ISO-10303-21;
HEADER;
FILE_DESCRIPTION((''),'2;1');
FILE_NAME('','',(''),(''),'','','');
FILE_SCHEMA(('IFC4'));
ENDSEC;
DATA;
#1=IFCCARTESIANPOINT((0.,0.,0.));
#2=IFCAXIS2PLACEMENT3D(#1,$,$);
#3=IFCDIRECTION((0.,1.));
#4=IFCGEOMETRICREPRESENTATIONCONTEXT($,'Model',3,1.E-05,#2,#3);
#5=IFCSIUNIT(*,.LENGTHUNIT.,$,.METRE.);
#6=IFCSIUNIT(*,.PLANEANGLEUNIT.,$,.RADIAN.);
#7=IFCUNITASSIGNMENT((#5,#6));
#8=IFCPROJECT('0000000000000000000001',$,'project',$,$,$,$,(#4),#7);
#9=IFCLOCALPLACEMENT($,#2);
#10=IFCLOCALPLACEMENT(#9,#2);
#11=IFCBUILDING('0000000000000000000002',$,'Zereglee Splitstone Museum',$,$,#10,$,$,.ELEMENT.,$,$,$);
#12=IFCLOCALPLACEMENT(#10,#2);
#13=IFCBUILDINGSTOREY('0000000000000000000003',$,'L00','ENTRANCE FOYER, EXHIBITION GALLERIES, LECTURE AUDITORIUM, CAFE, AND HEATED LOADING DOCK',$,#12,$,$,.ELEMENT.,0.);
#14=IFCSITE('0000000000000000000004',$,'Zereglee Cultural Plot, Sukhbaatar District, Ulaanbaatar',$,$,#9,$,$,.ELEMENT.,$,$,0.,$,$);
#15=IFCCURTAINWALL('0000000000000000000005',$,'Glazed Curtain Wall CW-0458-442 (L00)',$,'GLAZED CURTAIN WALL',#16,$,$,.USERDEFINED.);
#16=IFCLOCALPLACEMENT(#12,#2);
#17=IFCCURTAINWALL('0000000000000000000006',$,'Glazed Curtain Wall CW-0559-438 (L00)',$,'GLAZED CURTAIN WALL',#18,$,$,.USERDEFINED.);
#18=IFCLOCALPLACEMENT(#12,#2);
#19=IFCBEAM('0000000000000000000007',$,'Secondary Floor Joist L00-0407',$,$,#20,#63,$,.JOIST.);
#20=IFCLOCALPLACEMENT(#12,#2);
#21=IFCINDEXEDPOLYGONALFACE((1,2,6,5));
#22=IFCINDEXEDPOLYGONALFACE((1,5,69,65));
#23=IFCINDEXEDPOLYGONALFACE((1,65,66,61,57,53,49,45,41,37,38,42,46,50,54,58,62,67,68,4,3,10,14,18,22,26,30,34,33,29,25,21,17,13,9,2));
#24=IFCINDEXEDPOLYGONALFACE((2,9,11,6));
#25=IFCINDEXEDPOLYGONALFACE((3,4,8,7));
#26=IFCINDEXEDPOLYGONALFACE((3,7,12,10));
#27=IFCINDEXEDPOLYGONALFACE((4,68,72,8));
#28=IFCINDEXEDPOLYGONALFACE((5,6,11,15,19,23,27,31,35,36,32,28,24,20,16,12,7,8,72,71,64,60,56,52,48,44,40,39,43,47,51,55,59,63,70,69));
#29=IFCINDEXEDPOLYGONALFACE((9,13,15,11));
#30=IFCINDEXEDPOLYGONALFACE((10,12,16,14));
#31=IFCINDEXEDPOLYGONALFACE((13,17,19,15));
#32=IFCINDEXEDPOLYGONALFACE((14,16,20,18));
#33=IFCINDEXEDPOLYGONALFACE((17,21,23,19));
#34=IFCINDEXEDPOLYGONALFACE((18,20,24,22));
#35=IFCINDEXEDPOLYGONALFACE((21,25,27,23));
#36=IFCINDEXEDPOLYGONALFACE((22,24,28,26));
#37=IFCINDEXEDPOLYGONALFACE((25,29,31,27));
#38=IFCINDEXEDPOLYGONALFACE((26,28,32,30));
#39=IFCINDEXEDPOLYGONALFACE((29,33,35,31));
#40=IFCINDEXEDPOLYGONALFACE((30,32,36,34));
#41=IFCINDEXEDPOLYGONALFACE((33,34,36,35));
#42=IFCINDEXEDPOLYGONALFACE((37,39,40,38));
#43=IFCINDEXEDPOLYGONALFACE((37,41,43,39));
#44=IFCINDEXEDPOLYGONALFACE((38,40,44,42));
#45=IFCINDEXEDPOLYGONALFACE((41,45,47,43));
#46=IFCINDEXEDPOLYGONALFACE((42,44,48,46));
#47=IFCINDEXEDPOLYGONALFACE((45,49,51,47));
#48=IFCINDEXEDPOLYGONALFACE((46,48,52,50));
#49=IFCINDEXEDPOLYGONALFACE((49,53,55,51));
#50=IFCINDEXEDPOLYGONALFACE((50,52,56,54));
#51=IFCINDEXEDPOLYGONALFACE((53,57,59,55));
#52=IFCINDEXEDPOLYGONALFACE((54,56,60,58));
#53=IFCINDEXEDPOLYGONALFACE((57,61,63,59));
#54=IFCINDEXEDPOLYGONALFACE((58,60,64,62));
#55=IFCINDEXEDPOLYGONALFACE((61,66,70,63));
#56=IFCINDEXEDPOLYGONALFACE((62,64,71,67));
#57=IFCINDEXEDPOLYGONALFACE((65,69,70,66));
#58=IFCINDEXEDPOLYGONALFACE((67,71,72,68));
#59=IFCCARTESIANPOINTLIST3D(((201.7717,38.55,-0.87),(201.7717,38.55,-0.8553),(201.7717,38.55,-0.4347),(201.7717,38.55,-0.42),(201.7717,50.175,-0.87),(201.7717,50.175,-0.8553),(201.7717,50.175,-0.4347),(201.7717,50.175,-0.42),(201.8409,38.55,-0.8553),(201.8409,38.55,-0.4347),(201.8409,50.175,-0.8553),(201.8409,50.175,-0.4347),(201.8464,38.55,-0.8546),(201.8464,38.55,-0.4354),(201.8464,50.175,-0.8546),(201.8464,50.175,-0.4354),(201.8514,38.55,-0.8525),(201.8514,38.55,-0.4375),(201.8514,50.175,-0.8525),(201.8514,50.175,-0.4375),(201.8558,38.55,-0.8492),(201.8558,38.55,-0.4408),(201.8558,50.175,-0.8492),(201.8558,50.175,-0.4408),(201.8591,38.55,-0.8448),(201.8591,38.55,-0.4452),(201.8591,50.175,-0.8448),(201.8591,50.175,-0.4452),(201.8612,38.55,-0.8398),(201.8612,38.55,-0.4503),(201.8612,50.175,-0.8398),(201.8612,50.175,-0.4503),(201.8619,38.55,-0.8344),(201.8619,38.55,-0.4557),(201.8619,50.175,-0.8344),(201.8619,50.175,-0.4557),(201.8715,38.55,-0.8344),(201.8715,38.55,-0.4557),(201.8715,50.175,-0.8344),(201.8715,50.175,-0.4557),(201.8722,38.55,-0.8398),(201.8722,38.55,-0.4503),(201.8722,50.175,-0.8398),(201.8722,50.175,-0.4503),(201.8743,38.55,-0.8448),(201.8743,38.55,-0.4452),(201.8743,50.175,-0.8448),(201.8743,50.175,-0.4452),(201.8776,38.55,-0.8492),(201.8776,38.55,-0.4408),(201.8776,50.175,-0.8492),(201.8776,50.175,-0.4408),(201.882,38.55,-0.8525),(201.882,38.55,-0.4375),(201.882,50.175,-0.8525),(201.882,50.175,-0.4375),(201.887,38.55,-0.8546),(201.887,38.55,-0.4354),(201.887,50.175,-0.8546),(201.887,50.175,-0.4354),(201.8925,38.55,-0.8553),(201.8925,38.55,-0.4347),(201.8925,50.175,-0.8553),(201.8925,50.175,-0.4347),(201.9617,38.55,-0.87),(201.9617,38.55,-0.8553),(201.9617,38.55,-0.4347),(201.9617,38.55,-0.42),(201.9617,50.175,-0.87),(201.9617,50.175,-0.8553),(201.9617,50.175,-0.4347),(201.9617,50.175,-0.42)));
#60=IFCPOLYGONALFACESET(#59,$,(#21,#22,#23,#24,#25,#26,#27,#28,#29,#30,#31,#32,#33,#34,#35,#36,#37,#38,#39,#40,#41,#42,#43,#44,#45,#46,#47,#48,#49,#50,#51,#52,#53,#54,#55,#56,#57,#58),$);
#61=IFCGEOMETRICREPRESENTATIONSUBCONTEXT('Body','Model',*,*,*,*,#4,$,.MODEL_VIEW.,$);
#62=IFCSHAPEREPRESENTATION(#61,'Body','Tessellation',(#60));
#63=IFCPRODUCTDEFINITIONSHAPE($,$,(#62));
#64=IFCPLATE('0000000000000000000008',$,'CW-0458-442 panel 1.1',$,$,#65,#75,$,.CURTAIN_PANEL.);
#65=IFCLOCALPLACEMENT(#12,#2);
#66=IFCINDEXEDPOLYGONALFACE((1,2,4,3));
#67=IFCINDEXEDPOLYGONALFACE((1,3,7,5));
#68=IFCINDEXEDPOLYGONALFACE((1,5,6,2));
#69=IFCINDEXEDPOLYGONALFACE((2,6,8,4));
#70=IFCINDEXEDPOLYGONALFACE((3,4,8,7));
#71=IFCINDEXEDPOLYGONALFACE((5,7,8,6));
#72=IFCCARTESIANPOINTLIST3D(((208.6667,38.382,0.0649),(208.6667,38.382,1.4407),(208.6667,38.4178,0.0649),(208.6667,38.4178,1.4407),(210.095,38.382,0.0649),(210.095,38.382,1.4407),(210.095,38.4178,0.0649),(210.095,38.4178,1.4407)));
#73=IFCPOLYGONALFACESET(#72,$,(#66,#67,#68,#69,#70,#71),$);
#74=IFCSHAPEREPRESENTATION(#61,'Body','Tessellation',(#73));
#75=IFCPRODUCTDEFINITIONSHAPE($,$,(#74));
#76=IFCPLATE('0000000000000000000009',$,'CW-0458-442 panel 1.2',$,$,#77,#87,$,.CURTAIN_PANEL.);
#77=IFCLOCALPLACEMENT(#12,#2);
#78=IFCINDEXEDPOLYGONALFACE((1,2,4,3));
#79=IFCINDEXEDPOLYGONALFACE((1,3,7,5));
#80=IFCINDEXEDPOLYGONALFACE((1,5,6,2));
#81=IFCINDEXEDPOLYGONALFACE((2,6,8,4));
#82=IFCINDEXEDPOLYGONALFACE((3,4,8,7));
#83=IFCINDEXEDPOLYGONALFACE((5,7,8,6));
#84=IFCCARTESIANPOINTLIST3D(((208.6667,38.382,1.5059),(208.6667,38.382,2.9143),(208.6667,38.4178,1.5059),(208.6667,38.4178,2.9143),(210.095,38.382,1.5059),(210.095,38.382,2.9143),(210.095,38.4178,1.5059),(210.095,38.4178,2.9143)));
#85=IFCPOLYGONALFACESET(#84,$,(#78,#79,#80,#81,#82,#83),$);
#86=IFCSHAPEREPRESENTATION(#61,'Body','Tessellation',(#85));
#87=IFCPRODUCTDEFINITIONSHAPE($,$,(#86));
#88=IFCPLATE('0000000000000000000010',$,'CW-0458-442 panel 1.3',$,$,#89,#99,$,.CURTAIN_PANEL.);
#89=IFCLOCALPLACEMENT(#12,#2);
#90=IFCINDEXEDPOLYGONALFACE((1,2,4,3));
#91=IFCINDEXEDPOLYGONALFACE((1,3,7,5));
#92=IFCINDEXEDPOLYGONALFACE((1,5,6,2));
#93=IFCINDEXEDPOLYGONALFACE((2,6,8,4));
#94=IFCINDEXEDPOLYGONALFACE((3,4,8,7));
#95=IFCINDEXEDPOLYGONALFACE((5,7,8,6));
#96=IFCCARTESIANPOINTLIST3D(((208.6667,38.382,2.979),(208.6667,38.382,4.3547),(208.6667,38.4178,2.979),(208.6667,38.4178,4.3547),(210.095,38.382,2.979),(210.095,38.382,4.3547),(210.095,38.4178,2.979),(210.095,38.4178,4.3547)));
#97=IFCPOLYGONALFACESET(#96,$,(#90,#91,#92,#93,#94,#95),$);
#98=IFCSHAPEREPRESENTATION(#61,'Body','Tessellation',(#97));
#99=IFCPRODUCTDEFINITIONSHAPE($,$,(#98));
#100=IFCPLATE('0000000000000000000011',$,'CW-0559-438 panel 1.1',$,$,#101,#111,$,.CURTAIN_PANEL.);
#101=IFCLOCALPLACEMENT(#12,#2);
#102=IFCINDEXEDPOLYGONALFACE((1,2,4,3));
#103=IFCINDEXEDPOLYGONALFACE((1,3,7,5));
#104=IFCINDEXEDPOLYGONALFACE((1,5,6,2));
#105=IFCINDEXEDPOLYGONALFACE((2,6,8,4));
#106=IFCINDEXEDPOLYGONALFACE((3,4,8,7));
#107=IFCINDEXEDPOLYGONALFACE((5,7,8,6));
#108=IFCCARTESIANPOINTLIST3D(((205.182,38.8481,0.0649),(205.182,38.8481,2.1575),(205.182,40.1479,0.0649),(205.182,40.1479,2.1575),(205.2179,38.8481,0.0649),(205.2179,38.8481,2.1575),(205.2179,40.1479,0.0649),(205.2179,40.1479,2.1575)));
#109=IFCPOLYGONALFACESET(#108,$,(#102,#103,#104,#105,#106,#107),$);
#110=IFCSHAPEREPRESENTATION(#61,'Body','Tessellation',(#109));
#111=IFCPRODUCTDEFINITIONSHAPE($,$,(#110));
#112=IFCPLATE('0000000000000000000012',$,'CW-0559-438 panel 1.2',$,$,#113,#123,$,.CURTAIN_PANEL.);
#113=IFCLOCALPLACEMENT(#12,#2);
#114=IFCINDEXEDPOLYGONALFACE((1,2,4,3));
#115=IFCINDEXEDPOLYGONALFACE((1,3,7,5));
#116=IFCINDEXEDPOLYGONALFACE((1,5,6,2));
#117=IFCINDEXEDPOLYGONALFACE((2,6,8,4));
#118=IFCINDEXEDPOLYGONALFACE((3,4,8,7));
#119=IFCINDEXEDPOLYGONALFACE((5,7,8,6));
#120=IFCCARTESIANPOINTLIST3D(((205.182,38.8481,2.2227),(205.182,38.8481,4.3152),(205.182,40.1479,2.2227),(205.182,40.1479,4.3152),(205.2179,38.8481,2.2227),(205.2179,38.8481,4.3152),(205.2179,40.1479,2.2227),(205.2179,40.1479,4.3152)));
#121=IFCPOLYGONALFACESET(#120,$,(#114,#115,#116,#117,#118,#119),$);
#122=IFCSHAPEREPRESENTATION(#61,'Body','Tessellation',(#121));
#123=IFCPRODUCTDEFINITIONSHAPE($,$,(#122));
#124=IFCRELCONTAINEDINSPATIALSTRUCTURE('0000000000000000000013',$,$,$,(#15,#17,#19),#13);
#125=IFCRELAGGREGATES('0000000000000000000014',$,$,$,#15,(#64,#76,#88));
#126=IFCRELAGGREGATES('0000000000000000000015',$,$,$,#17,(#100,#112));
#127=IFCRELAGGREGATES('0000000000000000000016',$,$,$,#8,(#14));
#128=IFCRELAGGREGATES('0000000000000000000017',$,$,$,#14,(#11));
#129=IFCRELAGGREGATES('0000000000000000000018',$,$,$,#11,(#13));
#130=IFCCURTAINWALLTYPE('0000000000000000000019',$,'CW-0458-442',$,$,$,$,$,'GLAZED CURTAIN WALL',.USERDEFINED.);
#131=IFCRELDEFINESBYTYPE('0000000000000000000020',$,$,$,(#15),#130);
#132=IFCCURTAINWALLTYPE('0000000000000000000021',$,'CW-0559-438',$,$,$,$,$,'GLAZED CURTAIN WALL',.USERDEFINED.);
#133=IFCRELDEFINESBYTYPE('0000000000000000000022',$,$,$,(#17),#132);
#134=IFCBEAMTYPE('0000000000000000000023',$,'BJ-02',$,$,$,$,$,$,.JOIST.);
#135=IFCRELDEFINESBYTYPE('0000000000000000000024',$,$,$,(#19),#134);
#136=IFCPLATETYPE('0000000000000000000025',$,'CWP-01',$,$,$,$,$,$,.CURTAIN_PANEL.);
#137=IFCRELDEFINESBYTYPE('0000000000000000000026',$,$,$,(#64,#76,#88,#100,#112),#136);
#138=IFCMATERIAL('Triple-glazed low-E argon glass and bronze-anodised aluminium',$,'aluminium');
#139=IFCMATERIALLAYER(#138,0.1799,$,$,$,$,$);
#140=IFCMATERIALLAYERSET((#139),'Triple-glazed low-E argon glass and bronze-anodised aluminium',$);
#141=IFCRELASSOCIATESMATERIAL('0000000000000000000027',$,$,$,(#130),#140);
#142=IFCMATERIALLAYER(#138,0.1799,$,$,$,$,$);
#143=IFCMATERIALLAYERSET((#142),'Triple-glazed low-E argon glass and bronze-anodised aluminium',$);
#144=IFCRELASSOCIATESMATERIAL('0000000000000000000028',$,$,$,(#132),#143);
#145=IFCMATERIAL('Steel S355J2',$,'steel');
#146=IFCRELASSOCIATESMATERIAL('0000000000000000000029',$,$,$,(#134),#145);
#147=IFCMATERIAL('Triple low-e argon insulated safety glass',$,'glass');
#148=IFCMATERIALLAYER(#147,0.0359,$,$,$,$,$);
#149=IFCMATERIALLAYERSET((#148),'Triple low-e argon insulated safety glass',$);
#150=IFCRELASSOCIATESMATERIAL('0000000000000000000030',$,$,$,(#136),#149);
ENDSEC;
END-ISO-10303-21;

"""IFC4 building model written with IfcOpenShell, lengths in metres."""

from ifc_helpers import new_model, si_unit, direction, frame, origin, origin_2d, place, context, subcontext, project, spatial, rectangle, i_section, extrude, material, layer, layer_set, material_profile, profile_set, type_object, element, aggregate, save


model = new_model("IFC4")

# Units and contexts
model_context = context("Model", 3, precision=1e-05, world=origin(), true_north=direction((0.0, 1.0)))
body_context = subcontext(model_context, "Body", "Model", "MODEL_VIEW")
ifc_project = project(units=[si_unit("LENGTHUNIT", "METRE"), si_unit("PLANEANGLEUNIT", "RADIAN")], contexts=[model_context])

# Site, building, storey
site_placement = place(None, origin())
site = spatial("IfcSite", under=ifc_project, at=site_placement, Name="Zereglee Cultural Plot, Sukhbaatar District, Ulaanbaatar", CompositionType="ELEMENT", RefElevation=0.0)
building_placement = place(site_placement, origin())
building = spatial("IfcBuilding", under=site, at=building_placement, Name="Zereglee Splitstone Museum", CompositionType="ELEMENT")
storey_placement = place(building_placement, origin())
storey = spatial("IfcBuildingStorey", under=building, at=storey_placement, Name="L00", Description="ENTRANCE FOYER, EXHIBITION GALLERIES, LECTURE AUDITORIUM, CAFE, AND HEATED LOADING DOCK", CompositionType="ELEMENT", Elevation=0.0)

# Shared definitions
ifc_material_1 = material(Name="Triple-glazed low-E argon glass and bronze-anodised aluminium", Category="aluminium")

# Curtain walls
ifc_layer_1 = layer(ifc_material_1, 0.1799)
ifc_layer_set_1 = layer_set([ifc_layer_1], Name="Triple-glazed low-E argon glass and bronze-anodised aluminium")
curtain_wall_type_1 = type_object("IfcCurtainWallType", Name="CW-0458-442", ElementType="GLAZED CURTAIN WALL", PredefinedType="USERDEFINED", material=ifc_layer_set_1)
curtain_wall_1_placement = place(storey_placement, origin())
curtain_wall_1 = element("IfcCurtainWall", 1, at=curtain_wall_1_placement, inside=storey, type_object=curtain_wall_type_1, Name="Glazed Curtain Wall CW-0458-442 (L00)", ObjectType="GLAZED CURTAIN WALL", PredefinedType="USERDEFINED")
ifc_layer_2 = layer(ifc_material_1, 0.1799)
ifc_layer_set_2 = layer_set([ifc_layer_2], Name="Triple-glazed low-E argon glass and bronze-anodised aluminium")
curtain_wall_type_2 = type_object("IfcCurtainWallType", Name="CW-0559-438", ElementType="GLAZED CURTAIN WALL", PredefinedType="USERDEFINED", material=ifc_layer_set_2)
curtain_wall_2_placement = place(storey_placement, origin())
curtain_wall_2 = element("IfcCurtainWall", 2, at=curtain_wall_2_placement, inside=storey, type_object=curtain_wall_type_2, Name="Glazed Curtain Wall CW-0559-438 (L00)", ObjectType="GLAZED CURTAIN WALL", PredefinedType="USERDEFINED")

# Beam
ifc_material_2 = material(Name="Steel S355J2", Category="steel")
ifc_material_profile_1 = material_profile(ifc_material_2, i_section(OverallWidth=0.1899, OverallDepth=0.45, WebThickness=0.0095, FlangeThickness=0.0146, FilletRadius=0.021, at=origin_2d()), Name="IPE 450")
ifc_profile_set_1 = profile_set([ifc_material_profile_1], Name="Steel S355J2")
beam_type = type_object("IfcBeamType", Name="BJ-02", PredefinedType="JOIST", material=ifc_profile_set_1)
beam_placement = place(storey_placement, frame((201.8667, 38.55, -0.645), z_axis=(0.0, 1.0, 0.0), x_axis=(-1.0, 0.0, 0.0)))
element("IfcBeam", 3, at=beam_placement, inside=storey, type_object=beam_type, Name="Secondary Floor Joist L00-0407", PredefinedType="JOIST", context=body_context, shape_type="SweptSolid", body=[
    extrude(i_section(OverallWidth=0.1899, OverallDepth=0.45, WebThickness=0.0095, FlangeThickness=0.0146, FilletRadius=0.021, at=origin_2d()), origin(), (0.0, 0.0, 1.0), 11.625),
])

# Plates
ifc_material_3 = material(Name="Triple low-e argon insulated safety glass", Category="glass")
ifc_layer_3 = layer(ifc_material_3, 0.0359)
ifc_layer_set_3 = layer_set([ifc_layer_3], Name="Triple low-e argon insulated safety glass")
plate_type = type_object("IfcPlateType", Name="CWP-01", PredefinedType="CURTAIN_PANEL", material=ifc_layer_set_3)
plate_1_placement = place(storey_placement, frame((209.3809, 38.3999, 0.0649), z_axis=(0.0, 0.0, 1.0), x_axis=(-1.0, 0.0, 0.0)))
plate_1 = element("IfcPlate", 4, at=plate_1_placement, type_object=plate_type, Name="CW-0458-442 panel 1.1", PredefinedType="CURTAIN_PANEL", context=body_context, shape_type="SweptSolid", body=[
    extrude(rectangle(XDim=1.4282, YDim=0.0359, at=origin_2d()), origin(), (0.0, 0.0, 1.0), 1.3757),
])
plate_2_placement = place(storey_placement, frame((209.3809, 38.3999, 1.5059), z_axis=(0.0, 0.0, 1.0), x_axis=(-1.0, 0.0, 0.0)))
plate_2 = element("IfcPlate", 5, at=plate_2_placement, type_object=plate_type, Name="CW-0458-442 panel 1.2", PredefinedType="CURTAIN_PANEL", context=body_context, shape_type="SweptSolid", body=[
    extrude(rectangle(XDim=1.4282, YDim=0.0359, at=origin_2d()), origin(), (0.0, 0.0, 1.0), 1.4084),
])
plate_3_placement = place(storey_placement, frame((209.3809, 38.3999, 2.979), z_axis=(0.0, 0.0, 1.0), x_axis=(-1.0, 0.0, 0.0)))
plate_3 = element("IfcPlate", 6, at=plate_3_placement, type_object=plate_type, Name="CW-0458-442 panel 1.3", PredefinedType="CURTAIN_PANEL", context=body_context, shape_type="SweptSolid", body=[
    extrude(rectangle(XDim=1.4282, YDim=0.0359, at=origin_2d()), origin(), (0.0, 0.0, 1.0), 1.3757),
])
aggregate(curtain_wall_1, [plate_1, plate_2, plate_3])
plate_4_placement = place(storey_placement, frame((205.2, 39.498, 0.0649), z_axis=(0.0, 0.0, 1.0), x_axis=(0.0, 1.0, 0.0)))
plate_4 = element("IfcPlate", 7, at=plate_4_placement, type_object=plate_type, Name="CW-0559-438 panel 1.1", PredefinedType="CURTAIN_PANEL", context=body_context, shape_type="SweptSolid", body=[
    extrude(rectangle(XDim=1.2998, YDim=0.0359, at=origin_2d()), origin(), (0.0, 0.0, 1.0), 2.0925),
])
plate_5_placement = place(storey_placement, frame((205.2, 39.498, 2.2227), z_axis=(0.0, 0.0, 1.0), x_axis=(0.0, 1.0, 0.0)))
plate_5 = element("IfcPlate", 8, at=plate_5_placement, type_object=plate_type, Name="CW-0559-438 panel 1.2", PredefinedType="CURTAIN_PANEL", context=body_context, shape_type="SweptSolid", body=[
    extrude(rectangle(XDim=1.2998, YDim=0.0359, at=origin_2d()), origin(), (0.0, 0.0, 1.0), 2.0925),
])
aggregate(curtain_wall_2, [plate_4, plate_5])

save(model, "model.ifc")
